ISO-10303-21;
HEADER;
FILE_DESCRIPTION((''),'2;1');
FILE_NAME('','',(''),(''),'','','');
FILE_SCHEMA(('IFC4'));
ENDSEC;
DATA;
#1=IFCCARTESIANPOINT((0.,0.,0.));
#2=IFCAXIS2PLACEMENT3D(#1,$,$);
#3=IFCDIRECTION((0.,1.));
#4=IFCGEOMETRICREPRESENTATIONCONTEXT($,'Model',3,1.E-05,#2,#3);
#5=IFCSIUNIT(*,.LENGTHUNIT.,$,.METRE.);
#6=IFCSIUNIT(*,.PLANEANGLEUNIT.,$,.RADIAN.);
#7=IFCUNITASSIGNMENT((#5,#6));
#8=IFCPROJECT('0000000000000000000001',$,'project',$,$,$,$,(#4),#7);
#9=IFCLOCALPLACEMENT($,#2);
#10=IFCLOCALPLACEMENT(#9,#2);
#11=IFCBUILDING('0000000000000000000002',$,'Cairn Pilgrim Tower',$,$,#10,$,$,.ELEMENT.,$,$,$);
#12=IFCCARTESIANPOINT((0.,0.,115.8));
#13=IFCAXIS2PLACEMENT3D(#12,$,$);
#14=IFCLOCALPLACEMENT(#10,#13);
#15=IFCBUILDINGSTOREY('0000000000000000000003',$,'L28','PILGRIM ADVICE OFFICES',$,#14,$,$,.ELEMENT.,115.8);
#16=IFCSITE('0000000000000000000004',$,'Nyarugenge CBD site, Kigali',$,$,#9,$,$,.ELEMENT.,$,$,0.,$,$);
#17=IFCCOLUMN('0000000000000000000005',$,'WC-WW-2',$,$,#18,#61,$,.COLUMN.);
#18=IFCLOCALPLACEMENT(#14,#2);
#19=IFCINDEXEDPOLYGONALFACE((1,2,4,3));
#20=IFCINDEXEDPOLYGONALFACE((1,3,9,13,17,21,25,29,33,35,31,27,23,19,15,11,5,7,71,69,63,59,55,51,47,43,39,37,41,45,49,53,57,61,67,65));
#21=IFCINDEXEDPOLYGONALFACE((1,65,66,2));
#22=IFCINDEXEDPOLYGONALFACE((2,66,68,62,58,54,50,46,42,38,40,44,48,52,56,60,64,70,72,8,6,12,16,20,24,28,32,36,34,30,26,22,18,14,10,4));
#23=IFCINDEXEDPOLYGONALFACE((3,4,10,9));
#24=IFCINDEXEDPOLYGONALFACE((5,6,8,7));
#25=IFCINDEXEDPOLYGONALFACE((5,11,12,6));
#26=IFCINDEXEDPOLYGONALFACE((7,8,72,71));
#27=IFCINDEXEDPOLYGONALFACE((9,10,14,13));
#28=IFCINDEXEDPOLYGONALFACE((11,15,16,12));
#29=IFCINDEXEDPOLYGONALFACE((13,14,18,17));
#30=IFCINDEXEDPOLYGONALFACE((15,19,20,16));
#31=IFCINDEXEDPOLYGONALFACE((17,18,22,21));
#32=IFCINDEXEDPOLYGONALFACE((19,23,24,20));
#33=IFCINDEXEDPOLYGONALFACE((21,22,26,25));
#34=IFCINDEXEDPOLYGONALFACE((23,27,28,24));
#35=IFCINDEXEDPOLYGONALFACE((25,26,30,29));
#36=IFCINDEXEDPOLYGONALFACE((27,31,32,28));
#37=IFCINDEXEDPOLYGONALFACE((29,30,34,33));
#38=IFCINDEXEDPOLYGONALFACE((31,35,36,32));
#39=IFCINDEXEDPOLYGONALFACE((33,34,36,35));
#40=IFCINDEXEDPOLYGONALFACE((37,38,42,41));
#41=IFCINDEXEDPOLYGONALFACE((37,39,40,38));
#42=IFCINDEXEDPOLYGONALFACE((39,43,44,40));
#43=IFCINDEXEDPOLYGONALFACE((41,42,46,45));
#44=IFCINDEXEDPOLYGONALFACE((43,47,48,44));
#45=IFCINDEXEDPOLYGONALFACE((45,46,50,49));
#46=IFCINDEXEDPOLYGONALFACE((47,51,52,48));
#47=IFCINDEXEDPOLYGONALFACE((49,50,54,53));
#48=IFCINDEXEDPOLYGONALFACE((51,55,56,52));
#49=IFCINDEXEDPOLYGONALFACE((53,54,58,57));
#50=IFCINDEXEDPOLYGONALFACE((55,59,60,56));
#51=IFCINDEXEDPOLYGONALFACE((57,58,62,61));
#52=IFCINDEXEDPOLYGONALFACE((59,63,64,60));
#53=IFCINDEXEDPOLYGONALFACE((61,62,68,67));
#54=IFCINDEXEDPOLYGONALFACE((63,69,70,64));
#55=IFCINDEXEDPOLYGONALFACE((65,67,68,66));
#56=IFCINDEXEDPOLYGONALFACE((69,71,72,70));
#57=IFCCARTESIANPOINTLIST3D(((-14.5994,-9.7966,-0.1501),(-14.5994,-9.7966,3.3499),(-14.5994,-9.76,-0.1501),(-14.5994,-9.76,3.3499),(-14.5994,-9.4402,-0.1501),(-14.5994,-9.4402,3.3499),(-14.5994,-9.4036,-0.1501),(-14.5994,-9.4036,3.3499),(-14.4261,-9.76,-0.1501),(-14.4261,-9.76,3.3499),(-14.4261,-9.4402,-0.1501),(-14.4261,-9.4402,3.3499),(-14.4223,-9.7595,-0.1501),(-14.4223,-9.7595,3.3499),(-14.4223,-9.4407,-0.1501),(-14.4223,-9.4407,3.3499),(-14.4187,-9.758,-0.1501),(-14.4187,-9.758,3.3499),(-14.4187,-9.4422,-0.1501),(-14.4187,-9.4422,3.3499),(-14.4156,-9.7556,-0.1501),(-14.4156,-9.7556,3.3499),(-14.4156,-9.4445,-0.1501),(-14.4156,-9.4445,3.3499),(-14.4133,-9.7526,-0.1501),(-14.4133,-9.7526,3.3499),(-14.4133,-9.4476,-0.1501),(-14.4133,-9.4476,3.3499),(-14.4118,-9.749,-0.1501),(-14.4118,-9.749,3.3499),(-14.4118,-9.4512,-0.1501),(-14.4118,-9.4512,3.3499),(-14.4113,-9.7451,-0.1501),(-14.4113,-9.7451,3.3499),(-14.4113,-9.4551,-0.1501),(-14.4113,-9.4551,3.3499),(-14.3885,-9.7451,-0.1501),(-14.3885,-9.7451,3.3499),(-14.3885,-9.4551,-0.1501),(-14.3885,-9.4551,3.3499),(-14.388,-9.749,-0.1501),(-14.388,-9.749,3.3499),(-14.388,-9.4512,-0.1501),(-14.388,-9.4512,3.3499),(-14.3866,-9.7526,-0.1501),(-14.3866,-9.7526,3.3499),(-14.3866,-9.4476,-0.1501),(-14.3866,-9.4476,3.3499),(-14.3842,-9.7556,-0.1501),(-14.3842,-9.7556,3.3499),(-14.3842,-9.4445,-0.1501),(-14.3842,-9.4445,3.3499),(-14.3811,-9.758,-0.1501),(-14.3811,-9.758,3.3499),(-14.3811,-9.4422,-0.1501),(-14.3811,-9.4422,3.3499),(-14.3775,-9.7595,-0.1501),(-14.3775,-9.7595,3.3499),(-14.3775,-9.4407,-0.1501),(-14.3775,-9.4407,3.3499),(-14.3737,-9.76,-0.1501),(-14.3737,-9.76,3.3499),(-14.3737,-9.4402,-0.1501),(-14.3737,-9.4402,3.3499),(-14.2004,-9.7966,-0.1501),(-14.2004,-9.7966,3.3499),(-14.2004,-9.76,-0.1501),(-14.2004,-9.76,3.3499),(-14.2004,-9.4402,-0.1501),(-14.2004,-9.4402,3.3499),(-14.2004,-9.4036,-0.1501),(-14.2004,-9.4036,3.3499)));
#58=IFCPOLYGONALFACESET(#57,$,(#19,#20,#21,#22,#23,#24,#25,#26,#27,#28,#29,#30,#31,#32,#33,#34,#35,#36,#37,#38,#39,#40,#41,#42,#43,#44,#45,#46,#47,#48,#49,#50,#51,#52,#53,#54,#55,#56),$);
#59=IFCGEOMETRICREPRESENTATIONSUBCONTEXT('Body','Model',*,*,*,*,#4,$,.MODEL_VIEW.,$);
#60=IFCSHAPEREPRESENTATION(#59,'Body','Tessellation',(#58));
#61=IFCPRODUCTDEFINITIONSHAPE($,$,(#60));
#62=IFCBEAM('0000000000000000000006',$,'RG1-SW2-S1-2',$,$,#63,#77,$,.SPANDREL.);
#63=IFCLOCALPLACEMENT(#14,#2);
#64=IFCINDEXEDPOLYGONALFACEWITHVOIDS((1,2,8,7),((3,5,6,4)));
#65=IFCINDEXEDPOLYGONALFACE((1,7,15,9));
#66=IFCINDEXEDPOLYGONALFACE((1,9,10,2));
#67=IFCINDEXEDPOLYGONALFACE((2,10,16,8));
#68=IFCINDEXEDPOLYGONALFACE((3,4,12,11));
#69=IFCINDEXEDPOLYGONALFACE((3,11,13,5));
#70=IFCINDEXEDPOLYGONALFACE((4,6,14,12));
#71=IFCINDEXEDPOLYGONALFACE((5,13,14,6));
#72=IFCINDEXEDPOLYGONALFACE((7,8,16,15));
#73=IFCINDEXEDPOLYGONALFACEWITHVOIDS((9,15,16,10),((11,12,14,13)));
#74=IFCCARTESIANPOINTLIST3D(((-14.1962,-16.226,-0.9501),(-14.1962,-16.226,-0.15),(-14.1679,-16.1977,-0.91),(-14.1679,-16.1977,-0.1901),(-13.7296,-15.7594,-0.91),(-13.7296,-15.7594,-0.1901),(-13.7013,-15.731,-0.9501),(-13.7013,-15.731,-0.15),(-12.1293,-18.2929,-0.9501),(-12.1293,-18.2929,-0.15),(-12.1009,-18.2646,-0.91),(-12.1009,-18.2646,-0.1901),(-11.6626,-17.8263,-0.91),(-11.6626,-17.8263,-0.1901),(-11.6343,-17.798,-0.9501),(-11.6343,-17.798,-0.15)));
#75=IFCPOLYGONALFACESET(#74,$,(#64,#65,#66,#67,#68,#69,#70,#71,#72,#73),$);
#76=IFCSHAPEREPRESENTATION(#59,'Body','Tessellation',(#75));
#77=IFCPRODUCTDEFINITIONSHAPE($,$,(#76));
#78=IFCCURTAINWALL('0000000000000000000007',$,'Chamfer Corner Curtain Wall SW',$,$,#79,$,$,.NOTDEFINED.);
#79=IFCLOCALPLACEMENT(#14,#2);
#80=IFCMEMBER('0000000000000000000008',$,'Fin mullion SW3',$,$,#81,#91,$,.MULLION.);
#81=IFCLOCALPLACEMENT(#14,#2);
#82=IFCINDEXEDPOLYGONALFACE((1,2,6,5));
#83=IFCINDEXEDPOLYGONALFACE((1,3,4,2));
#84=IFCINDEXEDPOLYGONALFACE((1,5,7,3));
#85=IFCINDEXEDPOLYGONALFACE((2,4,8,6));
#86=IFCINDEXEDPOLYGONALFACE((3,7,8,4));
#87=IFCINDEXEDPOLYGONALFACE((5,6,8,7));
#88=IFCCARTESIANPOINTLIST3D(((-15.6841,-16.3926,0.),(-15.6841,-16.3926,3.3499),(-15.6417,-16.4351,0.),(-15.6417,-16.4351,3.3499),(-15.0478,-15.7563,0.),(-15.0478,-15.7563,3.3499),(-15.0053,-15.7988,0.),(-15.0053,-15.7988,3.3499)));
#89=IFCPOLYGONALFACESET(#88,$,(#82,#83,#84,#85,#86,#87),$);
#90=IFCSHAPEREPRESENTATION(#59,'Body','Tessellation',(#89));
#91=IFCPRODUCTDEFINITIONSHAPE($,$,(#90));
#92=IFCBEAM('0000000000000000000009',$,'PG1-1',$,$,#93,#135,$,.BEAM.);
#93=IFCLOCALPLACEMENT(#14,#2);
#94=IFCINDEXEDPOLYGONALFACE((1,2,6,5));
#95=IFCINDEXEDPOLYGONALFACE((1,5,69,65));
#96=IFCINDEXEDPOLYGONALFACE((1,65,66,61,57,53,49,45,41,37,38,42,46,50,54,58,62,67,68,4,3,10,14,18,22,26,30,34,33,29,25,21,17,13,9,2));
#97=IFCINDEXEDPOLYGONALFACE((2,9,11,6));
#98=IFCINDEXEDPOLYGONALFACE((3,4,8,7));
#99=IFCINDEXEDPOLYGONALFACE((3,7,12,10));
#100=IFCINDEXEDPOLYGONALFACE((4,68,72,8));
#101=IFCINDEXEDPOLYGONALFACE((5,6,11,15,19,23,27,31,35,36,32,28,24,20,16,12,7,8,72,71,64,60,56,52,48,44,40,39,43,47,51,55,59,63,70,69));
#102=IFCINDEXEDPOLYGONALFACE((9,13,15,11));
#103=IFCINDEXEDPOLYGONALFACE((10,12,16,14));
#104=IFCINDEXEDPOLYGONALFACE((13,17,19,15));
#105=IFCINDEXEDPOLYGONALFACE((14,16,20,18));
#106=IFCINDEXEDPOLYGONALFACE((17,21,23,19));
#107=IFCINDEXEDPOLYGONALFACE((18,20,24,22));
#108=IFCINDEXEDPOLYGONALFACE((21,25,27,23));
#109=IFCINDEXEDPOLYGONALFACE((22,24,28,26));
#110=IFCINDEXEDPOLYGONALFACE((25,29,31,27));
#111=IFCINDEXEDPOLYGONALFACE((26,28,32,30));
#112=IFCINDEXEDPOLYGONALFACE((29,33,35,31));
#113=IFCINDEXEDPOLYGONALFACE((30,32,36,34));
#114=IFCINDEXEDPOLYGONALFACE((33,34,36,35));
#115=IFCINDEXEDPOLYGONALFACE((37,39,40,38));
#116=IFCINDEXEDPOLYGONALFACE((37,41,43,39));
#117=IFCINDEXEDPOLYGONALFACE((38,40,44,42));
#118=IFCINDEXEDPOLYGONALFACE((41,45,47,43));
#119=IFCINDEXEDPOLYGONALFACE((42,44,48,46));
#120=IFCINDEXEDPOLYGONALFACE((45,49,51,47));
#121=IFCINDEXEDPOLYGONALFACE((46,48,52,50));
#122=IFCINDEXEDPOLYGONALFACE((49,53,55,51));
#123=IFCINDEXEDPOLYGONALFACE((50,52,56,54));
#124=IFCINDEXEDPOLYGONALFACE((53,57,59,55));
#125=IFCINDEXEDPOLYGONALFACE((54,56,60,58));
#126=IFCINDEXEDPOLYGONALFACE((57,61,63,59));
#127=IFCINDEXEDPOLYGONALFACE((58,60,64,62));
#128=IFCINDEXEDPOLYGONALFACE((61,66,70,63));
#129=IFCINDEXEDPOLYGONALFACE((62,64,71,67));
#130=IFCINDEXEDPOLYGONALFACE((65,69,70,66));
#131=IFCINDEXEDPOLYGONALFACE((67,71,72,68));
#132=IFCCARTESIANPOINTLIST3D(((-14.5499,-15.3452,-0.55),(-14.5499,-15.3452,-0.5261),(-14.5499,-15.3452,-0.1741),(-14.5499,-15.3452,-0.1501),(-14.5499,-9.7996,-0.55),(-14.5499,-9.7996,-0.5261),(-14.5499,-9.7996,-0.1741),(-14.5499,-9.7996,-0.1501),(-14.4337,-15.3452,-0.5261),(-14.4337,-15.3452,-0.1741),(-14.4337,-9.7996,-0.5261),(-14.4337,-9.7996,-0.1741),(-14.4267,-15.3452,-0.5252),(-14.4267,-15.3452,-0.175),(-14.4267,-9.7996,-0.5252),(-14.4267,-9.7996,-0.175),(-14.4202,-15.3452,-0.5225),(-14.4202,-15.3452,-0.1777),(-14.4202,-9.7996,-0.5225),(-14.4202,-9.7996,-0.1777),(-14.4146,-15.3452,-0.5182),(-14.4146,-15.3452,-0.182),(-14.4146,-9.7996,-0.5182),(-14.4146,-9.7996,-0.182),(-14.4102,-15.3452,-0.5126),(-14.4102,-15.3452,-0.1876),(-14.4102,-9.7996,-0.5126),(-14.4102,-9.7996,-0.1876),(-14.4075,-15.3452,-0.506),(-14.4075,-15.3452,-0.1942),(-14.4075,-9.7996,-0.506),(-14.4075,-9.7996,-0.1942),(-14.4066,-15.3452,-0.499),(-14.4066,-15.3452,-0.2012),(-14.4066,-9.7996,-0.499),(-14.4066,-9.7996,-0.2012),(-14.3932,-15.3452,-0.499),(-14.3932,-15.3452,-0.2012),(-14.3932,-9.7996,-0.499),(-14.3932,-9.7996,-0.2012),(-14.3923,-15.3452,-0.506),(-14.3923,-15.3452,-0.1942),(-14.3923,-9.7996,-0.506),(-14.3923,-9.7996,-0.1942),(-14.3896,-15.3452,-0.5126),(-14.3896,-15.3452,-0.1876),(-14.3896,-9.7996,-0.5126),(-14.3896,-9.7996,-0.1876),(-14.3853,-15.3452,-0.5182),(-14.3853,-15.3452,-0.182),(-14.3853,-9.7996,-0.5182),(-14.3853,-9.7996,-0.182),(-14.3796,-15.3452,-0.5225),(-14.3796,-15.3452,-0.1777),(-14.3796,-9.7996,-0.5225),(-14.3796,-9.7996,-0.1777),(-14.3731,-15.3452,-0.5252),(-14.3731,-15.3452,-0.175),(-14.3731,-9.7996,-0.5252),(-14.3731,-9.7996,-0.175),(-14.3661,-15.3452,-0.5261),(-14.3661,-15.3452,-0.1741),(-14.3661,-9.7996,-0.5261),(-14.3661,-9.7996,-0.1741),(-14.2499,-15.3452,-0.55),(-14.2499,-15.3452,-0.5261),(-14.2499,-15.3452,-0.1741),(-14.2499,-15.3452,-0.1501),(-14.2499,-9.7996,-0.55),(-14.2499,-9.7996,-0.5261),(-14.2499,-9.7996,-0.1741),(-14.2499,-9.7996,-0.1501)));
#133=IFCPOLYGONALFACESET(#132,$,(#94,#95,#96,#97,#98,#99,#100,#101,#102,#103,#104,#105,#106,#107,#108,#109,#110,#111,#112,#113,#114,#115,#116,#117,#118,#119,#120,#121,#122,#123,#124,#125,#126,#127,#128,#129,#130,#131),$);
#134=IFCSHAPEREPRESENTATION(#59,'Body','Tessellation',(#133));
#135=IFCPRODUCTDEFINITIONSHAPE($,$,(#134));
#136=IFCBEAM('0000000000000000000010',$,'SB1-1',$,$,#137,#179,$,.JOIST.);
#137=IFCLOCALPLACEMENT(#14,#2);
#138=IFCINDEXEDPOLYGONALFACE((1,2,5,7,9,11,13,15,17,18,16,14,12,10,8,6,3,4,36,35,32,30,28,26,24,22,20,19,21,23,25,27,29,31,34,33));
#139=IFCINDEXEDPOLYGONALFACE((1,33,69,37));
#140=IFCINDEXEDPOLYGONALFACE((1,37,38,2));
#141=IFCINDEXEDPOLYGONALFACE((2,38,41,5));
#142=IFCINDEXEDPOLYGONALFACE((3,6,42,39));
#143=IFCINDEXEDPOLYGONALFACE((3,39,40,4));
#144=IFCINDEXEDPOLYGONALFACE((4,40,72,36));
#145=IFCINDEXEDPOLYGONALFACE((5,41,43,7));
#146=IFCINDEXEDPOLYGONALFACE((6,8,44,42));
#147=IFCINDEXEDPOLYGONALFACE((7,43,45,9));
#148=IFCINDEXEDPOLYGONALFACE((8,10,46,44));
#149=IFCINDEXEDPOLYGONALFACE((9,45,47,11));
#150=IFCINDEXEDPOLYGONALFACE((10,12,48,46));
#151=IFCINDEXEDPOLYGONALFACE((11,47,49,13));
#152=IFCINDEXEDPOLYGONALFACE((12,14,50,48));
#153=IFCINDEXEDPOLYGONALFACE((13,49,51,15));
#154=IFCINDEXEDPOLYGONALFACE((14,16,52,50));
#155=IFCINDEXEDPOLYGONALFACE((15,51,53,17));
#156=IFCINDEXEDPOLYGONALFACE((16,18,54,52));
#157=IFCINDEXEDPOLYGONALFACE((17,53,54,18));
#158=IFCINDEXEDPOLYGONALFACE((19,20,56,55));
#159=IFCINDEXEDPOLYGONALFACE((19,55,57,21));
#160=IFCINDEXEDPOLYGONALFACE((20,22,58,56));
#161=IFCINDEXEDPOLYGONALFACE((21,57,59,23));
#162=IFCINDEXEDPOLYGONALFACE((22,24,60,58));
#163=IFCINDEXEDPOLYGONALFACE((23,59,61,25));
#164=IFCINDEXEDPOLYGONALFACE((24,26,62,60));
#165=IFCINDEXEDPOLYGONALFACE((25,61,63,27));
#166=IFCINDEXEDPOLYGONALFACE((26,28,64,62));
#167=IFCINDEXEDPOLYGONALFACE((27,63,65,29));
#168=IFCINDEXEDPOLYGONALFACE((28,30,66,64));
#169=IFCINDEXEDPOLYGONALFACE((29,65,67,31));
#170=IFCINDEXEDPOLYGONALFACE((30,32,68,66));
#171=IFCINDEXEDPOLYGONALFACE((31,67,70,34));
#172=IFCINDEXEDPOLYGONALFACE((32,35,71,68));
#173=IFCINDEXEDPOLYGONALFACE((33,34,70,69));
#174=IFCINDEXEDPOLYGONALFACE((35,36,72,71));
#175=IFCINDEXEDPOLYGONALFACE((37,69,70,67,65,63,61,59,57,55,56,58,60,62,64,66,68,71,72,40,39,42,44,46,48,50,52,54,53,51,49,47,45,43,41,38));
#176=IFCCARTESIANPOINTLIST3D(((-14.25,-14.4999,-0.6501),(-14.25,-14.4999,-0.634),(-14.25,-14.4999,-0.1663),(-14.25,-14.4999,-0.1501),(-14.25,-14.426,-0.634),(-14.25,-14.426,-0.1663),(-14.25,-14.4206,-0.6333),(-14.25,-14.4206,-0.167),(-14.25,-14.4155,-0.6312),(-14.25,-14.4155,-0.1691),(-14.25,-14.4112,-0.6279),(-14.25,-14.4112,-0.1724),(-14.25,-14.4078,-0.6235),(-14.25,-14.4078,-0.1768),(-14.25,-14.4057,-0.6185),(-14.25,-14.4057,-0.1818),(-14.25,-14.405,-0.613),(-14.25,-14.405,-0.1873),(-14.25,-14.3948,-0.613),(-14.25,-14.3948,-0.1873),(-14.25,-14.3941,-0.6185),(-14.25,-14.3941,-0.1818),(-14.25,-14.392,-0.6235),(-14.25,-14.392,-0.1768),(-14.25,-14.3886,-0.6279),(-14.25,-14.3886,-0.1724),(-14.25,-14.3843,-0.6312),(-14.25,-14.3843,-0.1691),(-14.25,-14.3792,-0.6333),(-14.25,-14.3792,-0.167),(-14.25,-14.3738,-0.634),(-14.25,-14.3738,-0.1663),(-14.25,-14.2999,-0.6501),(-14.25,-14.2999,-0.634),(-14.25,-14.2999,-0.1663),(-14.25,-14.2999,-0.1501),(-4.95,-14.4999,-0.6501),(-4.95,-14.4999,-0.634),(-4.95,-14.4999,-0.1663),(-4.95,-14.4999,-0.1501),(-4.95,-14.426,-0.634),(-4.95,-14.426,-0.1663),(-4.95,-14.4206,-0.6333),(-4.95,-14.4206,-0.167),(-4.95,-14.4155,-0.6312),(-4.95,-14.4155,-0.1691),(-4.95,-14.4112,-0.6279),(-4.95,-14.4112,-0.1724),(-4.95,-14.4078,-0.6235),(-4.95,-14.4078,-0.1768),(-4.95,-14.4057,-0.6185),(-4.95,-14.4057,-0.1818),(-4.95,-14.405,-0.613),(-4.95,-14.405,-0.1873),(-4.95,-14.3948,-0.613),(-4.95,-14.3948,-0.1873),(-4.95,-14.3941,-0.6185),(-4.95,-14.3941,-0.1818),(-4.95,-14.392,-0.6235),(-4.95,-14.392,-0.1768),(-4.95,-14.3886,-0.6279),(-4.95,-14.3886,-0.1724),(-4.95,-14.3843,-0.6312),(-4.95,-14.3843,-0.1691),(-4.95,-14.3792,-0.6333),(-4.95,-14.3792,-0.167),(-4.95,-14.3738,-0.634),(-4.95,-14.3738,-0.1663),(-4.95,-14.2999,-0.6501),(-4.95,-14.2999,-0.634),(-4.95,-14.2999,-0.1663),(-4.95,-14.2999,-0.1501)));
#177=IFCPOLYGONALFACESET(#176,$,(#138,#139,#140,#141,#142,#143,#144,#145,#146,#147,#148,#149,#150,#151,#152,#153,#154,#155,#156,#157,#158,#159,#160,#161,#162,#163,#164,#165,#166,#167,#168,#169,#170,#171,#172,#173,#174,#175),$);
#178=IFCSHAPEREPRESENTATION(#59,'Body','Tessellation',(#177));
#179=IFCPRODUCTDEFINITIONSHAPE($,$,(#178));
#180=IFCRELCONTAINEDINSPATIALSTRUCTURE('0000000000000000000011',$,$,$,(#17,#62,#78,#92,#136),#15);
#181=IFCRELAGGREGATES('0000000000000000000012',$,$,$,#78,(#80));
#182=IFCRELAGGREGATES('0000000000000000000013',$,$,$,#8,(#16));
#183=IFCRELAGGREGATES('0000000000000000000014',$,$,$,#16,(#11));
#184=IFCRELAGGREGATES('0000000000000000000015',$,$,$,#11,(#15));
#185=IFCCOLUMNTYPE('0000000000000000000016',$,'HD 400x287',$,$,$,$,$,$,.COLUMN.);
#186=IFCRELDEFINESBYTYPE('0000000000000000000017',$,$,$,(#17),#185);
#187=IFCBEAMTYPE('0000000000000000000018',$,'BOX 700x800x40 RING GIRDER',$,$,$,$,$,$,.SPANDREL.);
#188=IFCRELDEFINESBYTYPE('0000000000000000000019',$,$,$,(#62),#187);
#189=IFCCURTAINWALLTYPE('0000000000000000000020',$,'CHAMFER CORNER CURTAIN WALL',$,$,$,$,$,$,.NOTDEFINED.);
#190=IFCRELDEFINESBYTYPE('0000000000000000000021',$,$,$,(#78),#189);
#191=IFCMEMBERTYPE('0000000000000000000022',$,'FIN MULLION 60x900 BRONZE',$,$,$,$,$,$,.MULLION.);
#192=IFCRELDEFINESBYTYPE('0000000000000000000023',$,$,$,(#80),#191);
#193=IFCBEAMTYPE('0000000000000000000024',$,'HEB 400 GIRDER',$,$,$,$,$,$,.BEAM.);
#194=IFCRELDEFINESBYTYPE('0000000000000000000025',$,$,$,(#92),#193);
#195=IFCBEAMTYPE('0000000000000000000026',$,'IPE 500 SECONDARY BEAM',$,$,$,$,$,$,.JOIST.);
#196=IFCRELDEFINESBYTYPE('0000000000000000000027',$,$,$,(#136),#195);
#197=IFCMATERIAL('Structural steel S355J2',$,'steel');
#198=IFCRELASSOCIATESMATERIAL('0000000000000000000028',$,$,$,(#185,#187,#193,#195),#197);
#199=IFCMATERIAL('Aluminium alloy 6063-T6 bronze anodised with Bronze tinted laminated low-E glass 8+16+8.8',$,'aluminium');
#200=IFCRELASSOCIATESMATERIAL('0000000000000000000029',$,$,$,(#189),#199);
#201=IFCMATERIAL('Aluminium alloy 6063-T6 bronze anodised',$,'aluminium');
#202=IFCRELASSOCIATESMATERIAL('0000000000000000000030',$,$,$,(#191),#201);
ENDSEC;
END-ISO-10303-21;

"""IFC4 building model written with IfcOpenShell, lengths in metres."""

from ifc_helpers import new_model, si_unit, direction, frame, origin, origin_2d, place, context, subcontext, project, spatial, rectangle, hollow_rectangle, i_section, extrude, material, material_profile, profile_set, type_object, element, aggregate, save


model = new_model("IFC4")

# Units and contexts
model_context = context("Model", 3, precision=1e-05, world=origin(), true_north=direction((0.0, 1.0)))
body_context = subcontext(model_context, "Body", "Model", "MODEL_VIEW")
ifc_project = project(units=[si_unit("LENGTHUNIT", "METRE"), si_unit("PLANEANGLEUNIT", "RADIAN")], contexts=[model_context])

# Site, building, storey
site_placement = place(None, origin())
site = spatial("IfcSite", under=ifc_project, at=site_placement, Name="Nyarugenge CBD site, Kigali", CompositionType="ELEMENT", RefElevation=0.0)
building_placement = place(site_placement, origin())
building = spatial("IfcBuilding", under=site, at=building_placement, Name="Cairn Pilgrim Tower", CompositionType="ELEMENT")
storey_placement = place(building_placement, frame((0.0, 0.0, 115.8)))
storey = spatial("IfcBuildingStorey", under=building, at=storey_placement, Name="L28", Description="PILGRIM ADVICE OFFICES", CompositionType="ELEMENT", Elevation=115.8)

# Column
ifc_material_1 = material(Name="Structural steel S355J2", Category="steel")
ifc_material_profile_1 = material_profile(ifc_material_1, i_section(OverallWidth=0.3989, OverallDepth=0.3931, WebThickness=0.0227, FlangeThickness=0.0366, FilletRadius=0.0149, at=origin_2d()), Name="HD 400x287")
ifc_profile_set_1 = profile_set([ifc_material_profile_1], Name="Structural steel S355J2")
column_type = type_object("IfcColumnType", Name="HD 400x287", PredefinedType="COLUMN", material=ifc_profile_set_1)
column_placement = place(storey_placement, frame((-14.3999, -9.6001, -0.1501), z_axis=(0.0, 0.0, 1.0), x_axis=(1.0, 0.0, 0.0)))
element("IfcColumn", 1, at=column_placement, inside=storey, type_object=column_type, Name="WC-WW-2", PredefinedType="COLUMN", context=body_context, shape_type="SweptSolid", body=[
    extrude(i_section(OverallWidth=0.3989, OverallDepth=0.3931, WebThickness=0.0227, FlangeThickness=0.0366, FilletRadius=0.0149, at=origin_2d()), origin(), (0.0, 0.0, 1.0), 3.5),
])

# Beam
ifc_material_profile_2 = material_profile(ifc_material_1, hollow_rectangle(XDim=0.7, YDim=0.8, WallThickness=0.04, at=origin_2d()), Name="BOX 700x800x40")
ifc_profile_set_2 = profile_set([ifc_material_profile_2], Name="Structural steel S355J2")
beam_type_1 = type_object("IfcBeamType", Name="BOX 700x800x40 RING GIRDER", PredefinedType="SPANDREL", material=ifc_profile_set_2)
beam_1_placement = place(storey_placement, frame((-13.9487, -15.9785, -0.55), z_axis=(0.707107, -0.707107, 0.0), x_axis=(0.707107, 0.707107, 0.0)))
element("IfcBeam", 2, at=beam_1_placement, inside=storey, type_object=beam_type_1, Name="RG1-SW2-S1-2", PredefinedType="SPANDREL", context=body_context, shape_type="SweptSolid", body=[
    extrude(hollow_rectangle(XDim=0.7, YDim=0.8, WallThickness=0.04, at=origin_2d()), origin(), (0.0, 0.0, 1.0), 2.9231),
])

# Curtain wall, member
ifc_material_2 = material(Name="Aluminium alloy 6063-T6 bronze anodised with Bronze tinted laminated low-E glass 8+16+8.8", Category="aluminium")
curtain_wall_type = type_object("IfcCurtainWallType", Name="CHAMFER CORNER CURTAIN WALL", PredefinedType="NOTDEFINED", material=ifc_material_2)
curtain_wall_placement = place(storey_placement, origin())
curtain_wall = element("IfcCurtainWall", 3, at=curtain_wall_placement, inside=storey, type_object=curtain_wall_type, Name="Chamfer Corner Curtain Wall SW", PredefinedType="NOTDEFINED")
ifc_material_3 = material(Name="Aluminium alloy 6063-T6 bronze anodised", Category="aluminium")
ifc_material_profile_3 = material_profile(ifc_material_3, rectangle(XDim=0.8999, YDim=0.0601, at=origin_2d()), Name="FIN MULLION 60x900 BRONZE")
ifc_profile_set_3 = profile_set([ifc_material_profile_3], Name="Aluminium alloy 6063-T6 bronze anodised")
member_type_1 = type_object("IfcMemberType", Name="FIN MULLION 60x900 BRONZE", PredefinedType="MULLION", material=ifc_profile_set_3)
member_1_placement = place(storey_placement, frame((-15.3447, -16.0957, 0.0), z_axis=(0.0, 0.0, 1.0), x_axis=(-0.707107, -0.707107, 0.0)))
member_1 = element("IfcMember", 4, at=member_1_placement, type_object=member_type_1, Name="Fin mullion SW3", PredefinedType="MULLION", context=body_context, shape_type="SweptSolid", body=[
    extrude(rectangle(XDim=0.8999, YDim=0.0601, at=origin_2d()), origin(), (0.0, 0.0, 1.0), 3.3499),
])

# Beams
ifc_material_profile_4 = material_profile(ifc_material_1, i_section(OverallWidth=0.3, OverallDepth=0.3999, WebThickness=0.0134, FlangeThickness=0.0239, FilletRadius=0.0271, at=origin_2d()), Name="HEB 400")
ifc_profile_set_4 = profile_set([ifc_material_profile_4], Name="Structural steel S355J2")
beam_type_2 = type_object("IfcBeamType", Name="HEB 400 GIRDER", PredefinedType="BEAM", material=ifc_profile_set_4)
beam_2_placement = place(storey_placement, frame((-14.3999, -15.3452, -0.3501), z_axis=(0.0, 1.0, 0.0), x_axis=(-1.0, 0.0, 0.0)))
element("IfcBeam", 5, at=beam_2_placement, inside=storey, type_object=beam_type_2, Name="PG1-1", PredefinedType="BEAM", context=body_context, shape_type="SweptSolid", body=[
    extrude(i_section(OverallWidth=0.3, OverallDepth=0.3999, WebThickness=0.0134, FlangeThickness=0.0239, FilletRadius=0.0271, at=origin_2d()), origin(), (0.0, 0.0, 1.0), 5.5457),
])
ifc_material_profile_5 = material_profile(ifc_material_1, i_section(OverallWidth=0.2, OverallDepth=0.5, WebThickness=0.0103, FlangeThickness=0.0161, FilletRadius=0.021, at=origin_2d()), Name="IPE 500")
ifc_profile_set_5 = profile_set([ifc_material_profile_5], Name="Structural steel S355J2")
beam_type_3 = type_object("IfcBeamType", Name="IPE 500 SECONDARY BEAM", PredefinedType="JOIST", material=ifc_profile_set_5)
for number, where, z_axis, x_axis, name in (
    (6, (-14.25, -14.3999, -0.4001), (1.0, 0.0, 0.0), (0.0, 1.0, 0.0), "SB1-1"),
):
    element("IfcBeam", number, at=place(storey_placement, frame(where, z_axis=z_axis, x_axis=x_axis)), inside=storey, type_object=beam_type_3, Name=name, PredefinedType="JOIST", context=body_context, shape_type="SweptSolid", body=[
        extrude(i_section(OverallWidth=0.2, OverallDepth=0.5, WebThickness=0.0103, FlangeThickness=0.0161, FilletRadius=0.021, at=origin_2d()), origin(), (0.0, 0.0, 1.0), 9.3),
    ])

aggregate(curtain_wall, [member_1])

save(model, "model.ifc")
